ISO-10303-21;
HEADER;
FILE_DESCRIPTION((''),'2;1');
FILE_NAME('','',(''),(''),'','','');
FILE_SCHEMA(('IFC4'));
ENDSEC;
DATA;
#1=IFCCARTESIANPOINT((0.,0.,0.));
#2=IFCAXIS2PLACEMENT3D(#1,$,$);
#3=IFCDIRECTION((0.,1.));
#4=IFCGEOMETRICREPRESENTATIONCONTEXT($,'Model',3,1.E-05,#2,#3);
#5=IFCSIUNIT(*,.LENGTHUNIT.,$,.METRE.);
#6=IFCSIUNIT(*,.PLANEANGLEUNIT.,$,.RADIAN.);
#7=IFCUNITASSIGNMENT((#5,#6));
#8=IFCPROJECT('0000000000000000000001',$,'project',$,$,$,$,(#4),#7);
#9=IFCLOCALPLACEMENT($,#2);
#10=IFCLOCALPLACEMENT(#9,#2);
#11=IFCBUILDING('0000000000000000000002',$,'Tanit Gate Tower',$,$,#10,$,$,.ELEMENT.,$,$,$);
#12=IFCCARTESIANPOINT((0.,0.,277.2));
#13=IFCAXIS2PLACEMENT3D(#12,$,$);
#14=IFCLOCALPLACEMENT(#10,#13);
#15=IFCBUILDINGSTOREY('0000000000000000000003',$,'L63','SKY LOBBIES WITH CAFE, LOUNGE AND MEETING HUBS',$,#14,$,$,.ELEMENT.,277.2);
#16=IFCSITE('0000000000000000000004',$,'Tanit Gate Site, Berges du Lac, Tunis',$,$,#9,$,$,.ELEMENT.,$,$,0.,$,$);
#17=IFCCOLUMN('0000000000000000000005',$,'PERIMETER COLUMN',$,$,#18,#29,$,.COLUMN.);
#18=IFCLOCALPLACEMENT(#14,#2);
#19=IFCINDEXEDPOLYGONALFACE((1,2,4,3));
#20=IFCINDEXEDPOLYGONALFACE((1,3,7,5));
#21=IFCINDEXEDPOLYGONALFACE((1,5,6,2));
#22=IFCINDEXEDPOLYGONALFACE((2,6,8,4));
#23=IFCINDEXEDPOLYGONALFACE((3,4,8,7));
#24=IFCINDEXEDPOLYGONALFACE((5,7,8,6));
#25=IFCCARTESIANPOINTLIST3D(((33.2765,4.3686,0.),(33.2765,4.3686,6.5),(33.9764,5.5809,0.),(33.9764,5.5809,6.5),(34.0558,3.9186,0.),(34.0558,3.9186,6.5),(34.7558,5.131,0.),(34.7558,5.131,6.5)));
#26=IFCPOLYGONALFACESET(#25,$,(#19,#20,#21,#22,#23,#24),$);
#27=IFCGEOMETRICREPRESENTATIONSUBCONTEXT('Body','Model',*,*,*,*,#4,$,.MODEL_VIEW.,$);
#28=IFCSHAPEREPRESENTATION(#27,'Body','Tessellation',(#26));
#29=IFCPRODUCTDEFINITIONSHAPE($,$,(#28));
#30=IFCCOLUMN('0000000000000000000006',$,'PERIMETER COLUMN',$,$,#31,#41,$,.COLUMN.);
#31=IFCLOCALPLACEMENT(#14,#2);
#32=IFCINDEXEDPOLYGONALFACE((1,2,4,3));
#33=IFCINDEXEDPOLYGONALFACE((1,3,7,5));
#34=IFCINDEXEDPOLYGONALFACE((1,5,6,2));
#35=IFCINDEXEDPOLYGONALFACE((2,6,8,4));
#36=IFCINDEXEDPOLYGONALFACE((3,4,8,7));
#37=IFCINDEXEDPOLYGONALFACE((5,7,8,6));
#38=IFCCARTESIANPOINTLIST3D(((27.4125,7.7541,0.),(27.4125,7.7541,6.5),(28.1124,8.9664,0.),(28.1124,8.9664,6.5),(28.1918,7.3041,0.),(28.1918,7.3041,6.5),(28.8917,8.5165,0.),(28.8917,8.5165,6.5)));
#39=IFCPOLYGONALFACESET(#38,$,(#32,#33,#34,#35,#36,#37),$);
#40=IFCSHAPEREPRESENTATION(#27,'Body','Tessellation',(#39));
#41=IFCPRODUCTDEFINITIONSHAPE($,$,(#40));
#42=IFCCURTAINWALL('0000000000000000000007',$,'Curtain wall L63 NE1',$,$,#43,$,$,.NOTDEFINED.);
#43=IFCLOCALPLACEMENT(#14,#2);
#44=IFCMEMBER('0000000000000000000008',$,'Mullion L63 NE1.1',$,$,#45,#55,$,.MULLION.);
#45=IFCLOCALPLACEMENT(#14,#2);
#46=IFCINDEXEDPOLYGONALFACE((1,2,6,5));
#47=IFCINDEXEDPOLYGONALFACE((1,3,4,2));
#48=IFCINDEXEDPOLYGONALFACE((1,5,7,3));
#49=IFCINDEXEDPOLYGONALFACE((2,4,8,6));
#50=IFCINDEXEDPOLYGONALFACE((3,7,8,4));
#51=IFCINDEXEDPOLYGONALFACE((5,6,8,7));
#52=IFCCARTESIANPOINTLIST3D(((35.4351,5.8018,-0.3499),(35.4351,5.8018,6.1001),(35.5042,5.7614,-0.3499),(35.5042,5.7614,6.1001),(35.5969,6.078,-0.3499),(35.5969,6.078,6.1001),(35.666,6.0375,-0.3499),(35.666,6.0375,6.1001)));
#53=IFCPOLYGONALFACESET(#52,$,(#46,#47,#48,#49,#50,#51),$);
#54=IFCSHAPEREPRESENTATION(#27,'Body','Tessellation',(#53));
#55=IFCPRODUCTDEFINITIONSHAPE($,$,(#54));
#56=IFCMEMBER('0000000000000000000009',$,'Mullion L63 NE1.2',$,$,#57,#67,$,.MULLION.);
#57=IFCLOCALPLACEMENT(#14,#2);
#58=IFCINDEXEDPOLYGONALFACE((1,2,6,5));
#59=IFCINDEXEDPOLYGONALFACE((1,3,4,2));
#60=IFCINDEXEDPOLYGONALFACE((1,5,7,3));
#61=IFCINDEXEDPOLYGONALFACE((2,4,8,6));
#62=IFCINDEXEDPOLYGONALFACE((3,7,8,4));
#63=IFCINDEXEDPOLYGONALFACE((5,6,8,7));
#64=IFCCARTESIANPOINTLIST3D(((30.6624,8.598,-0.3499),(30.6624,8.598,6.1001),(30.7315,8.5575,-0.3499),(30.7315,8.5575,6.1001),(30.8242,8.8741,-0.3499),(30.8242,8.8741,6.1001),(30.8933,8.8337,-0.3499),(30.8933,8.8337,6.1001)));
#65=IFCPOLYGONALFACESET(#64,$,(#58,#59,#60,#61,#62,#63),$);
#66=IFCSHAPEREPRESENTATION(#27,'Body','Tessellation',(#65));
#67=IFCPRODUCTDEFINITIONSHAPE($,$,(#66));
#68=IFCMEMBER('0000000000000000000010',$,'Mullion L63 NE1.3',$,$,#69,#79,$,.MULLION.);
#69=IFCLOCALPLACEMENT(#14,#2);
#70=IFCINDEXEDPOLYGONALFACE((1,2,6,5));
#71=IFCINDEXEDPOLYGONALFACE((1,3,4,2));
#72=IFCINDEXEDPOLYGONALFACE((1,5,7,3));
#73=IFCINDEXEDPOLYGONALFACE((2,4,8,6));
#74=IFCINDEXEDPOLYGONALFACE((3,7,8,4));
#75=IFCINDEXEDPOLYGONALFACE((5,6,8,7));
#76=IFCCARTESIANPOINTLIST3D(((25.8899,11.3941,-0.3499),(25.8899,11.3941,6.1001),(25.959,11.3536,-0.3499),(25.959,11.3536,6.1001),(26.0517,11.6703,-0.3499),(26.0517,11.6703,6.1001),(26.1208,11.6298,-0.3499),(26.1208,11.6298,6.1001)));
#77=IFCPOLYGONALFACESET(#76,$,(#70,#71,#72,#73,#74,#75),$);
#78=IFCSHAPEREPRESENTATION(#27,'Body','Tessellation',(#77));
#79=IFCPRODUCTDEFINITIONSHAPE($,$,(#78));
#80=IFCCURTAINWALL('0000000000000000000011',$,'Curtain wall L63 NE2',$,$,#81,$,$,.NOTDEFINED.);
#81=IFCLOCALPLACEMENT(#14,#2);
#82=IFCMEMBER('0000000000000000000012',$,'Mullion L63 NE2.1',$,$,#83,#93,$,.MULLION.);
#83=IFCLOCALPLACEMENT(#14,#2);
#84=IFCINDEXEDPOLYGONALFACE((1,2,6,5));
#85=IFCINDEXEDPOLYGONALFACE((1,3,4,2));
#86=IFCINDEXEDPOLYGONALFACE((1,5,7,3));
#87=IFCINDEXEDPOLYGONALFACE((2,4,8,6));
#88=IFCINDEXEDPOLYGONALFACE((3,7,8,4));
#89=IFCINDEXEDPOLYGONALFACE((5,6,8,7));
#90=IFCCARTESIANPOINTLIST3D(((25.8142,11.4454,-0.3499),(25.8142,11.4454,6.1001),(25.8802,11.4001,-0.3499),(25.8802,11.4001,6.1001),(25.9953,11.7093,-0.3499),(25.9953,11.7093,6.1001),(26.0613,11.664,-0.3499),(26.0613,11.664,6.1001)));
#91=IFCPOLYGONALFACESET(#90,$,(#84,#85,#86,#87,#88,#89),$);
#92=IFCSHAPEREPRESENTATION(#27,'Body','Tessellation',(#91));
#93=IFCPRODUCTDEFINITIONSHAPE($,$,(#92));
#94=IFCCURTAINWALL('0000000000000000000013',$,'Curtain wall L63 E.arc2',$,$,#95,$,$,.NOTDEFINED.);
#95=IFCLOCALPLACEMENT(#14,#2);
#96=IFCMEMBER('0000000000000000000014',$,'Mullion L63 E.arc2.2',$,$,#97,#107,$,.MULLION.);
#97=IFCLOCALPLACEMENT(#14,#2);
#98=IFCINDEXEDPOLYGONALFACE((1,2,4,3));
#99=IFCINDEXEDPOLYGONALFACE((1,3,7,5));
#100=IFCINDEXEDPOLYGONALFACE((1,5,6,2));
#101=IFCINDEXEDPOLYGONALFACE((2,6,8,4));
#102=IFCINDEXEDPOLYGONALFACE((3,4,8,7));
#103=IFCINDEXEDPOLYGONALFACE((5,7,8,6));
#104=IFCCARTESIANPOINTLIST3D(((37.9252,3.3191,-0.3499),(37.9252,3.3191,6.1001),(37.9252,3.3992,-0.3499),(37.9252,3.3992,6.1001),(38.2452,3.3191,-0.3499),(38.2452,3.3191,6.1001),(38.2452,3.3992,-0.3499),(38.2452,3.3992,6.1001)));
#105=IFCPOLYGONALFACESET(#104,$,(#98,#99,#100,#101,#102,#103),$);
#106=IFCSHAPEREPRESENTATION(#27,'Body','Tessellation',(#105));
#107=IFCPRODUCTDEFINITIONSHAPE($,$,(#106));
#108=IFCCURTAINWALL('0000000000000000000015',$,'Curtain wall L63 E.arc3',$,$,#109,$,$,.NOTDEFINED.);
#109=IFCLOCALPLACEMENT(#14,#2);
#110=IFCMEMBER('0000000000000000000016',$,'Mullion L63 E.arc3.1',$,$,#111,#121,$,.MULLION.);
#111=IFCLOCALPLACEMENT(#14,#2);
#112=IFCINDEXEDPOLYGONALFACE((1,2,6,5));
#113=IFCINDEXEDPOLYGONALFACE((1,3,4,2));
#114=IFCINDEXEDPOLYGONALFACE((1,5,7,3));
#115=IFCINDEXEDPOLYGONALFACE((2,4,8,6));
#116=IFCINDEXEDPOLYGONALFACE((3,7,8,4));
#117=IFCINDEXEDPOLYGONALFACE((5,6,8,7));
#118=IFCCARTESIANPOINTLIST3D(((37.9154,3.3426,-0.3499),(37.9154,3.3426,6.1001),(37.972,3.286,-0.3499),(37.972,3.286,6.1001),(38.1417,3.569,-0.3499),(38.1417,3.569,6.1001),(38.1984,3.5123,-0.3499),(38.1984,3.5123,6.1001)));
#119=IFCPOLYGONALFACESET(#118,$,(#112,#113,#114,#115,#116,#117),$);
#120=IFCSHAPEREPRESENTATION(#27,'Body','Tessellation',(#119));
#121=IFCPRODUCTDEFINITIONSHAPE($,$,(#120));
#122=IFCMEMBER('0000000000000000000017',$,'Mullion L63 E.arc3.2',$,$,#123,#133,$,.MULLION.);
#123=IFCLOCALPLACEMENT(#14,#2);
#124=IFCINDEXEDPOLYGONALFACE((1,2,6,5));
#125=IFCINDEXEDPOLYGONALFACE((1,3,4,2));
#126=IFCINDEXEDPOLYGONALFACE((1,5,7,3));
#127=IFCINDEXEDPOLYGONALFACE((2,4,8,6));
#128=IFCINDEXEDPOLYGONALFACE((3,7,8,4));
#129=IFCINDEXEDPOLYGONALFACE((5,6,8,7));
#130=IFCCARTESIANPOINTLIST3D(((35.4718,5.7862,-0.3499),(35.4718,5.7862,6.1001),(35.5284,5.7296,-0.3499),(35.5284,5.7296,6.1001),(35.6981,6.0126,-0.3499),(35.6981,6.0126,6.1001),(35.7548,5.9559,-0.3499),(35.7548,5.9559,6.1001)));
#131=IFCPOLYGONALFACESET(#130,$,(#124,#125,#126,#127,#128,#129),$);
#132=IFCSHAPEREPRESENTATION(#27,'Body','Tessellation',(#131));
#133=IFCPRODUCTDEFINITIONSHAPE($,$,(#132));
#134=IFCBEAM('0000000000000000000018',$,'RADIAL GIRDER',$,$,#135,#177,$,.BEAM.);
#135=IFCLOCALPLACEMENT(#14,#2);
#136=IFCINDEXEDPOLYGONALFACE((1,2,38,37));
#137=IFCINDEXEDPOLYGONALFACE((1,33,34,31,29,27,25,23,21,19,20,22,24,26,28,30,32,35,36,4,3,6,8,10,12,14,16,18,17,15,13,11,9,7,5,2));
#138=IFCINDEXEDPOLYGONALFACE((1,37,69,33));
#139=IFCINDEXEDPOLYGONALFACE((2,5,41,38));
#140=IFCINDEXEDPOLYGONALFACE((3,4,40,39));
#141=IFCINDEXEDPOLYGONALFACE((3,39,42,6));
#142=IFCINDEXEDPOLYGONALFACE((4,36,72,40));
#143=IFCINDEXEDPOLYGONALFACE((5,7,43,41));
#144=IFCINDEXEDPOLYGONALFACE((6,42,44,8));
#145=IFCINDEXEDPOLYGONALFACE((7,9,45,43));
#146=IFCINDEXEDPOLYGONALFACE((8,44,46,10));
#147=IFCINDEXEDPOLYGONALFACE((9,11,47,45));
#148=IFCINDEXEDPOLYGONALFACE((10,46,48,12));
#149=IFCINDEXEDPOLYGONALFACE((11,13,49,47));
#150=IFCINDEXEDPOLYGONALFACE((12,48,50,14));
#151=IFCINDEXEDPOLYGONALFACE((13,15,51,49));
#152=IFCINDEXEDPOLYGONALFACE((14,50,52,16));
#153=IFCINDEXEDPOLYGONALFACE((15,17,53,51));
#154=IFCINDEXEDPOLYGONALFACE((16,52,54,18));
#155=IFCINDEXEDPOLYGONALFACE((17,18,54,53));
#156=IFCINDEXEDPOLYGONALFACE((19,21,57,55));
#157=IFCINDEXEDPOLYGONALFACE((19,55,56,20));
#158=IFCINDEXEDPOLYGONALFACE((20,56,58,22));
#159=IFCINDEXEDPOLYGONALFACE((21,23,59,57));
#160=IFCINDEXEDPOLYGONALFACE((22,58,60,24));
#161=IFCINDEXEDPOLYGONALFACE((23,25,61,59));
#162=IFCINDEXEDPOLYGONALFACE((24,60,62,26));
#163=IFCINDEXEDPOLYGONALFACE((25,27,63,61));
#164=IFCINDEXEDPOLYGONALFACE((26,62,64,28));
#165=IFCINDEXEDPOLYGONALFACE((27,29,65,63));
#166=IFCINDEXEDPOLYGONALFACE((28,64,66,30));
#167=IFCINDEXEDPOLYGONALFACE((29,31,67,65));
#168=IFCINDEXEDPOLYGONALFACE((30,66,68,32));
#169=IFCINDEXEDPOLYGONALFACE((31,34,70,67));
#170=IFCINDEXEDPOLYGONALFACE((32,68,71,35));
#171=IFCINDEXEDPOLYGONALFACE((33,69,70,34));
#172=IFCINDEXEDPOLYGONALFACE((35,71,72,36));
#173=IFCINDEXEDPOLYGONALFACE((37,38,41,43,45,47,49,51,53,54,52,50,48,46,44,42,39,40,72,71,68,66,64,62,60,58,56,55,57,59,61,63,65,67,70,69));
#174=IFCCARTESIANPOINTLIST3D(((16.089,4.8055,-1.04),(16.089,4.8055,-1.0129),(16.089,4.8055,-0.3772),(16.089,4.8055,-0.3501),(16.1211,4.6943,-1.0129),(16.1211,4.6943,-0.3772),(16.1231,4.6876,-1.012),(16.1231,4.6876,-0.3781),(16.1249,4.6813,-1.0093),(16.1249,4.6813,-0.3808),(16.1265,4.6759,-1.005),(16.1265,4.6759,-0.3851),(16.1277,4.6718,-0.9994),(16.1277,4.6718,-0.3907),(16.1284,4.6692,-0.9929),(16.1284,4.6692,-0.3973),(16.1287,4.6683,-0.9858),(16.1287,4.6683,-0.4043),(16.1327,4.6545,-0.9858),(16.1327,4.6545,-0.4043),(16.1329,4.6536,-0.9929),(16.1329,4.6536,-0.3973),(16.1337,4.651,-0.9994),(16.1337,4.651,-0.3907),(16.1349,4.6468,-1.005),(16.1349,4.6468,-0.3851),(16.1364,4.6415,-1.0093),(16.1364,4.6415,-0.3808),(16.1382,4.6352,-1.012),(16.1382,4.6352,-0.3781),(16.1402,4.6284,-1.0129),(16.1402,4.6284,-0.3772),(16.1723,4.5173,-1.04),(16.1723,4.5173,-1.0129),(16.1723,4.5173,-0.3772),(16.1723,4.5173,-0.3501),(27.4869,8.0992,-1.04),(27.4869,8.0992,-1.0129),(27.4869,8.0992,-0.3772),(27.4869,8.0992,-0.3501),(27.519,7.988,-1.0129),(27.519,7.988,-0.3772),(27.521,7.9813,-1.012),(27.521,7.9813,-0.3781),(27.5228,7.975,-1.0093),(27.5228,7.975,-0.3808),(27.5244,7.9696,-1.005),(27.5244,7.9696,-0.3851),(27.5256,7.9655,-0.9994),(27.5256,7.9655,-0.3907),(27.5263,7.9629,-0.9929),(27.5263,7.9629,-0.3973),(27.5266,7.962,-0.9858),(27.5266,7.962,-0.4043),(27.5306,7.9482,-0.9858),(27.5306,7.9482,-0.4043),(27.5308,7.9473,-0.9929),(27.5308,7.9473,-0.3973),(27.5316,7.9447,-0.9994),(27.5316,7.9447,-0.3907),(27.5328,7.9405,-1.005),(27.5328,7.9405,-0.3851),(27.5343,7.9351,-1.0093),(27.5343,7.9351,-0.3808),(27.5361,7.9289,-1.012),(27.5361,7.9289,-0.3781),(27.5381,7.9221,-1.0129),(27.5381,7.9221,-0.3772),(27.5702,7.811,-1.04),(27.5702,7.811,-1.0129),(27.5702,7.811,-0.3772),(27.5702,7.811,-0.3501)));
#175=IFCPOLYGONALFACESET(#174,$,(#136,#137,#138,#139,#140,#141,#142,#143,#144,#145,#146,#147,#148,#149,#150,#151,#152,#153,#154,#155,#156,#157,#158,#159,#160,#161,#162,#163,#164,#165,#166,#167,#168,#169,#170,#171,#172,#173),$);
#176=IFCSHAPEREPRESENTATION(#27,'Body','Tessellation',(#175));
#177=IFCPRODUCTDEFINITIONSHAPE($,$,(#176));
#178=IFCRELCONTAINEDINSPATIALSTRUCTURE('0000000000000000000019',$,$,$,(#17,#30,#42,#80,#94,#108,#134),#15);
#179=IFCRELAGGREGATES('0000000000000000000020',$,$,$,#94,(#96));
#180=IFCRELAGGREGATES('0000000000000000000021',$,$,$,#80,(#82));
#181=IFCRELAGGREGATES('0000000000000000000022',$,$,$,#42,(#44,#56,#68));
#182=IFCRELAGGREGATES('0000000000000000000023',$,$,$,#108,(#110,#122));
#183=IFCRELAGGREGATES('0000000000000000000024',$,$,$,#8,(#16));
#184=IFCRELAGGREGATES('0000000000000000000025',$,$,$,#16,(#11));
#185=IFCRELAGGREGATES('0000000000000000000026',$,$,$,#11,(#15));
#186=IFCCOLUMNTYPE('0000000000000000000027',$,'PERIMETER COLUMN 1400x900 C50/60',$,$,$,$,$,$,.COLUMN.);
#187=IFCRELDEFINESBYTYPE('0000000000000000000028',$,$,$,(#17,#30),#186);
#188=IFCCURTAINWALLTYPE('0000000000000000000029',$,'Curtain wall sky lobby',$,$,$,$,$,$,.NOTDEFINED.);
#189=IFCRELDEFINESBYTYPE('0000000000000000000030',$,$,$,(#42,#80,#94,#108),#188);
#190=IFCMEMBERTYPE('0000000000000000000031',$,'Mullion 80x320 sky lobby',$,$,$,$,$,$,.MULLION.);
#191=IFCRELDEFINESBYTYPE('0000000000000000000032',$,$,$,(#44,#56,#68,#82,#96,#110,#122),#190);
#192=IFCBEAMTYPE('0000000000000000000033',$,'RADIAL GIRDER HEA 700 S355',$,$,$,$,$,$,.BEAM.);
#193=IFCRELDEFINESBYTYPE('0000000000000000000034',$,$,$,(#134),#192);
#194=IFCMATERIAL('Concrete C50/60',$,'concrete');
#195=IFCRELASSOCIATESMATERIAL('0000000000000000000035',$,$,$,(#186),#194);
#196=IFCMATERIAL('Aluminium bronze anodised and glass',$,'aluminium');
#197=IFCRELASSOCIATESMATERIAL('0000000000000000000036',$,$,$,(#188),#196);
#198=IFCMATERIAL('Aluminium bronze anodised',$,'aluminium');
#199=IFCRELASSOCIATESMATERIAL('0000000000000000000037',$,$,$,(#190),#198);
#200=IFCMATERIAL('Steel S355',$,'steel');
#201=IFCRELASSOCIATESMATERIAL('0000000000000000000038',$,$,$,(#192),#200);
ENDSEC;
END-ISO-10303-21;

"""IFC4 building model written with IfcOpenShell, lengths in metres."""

from ifc_helpers import new_model, si_unit, direction, frame, origin, origin_2d, place, context, subcontext, project, spatial, rectangle, i_section, extrude, material, material_profile, profile_set, type_object, element, aggregate, save


model = new_model("IFC4")

# Units and contexts
model_context = context("Model", 3, precision=1e-05, world=origin(), true_north=direction((0.0, 1.0)))
body_context = subcontext(model_context, "Body", "Model", "MODEL_VIEW")
ifc_project = project(units=[si_unit("LENGTHUNIT", "METRE"), si_unit("PLANEANGLEUNIT", "RADIAN")], contexts=[model_context])

# Site, building, storey
site_placement = place(None, origin())
site = spatial("IfcSite", under=ifc_project, at=site_placement, Name="Tanit Gate Site, Berges du Lac, Tunis", CompositionType="ELEMENT", RefElevation=0.0)
building_placement = place(site_placement, origin())
building = spatial("IfcBuilding", under=site, at=building_placement, Name="Tanit Gate Tower", CompositionType="ELEMENT")
storey_placement = place(building_placement, frame((0.0, 0.0, 277.2)))
storey = spatial("IfcBuildingStorey", under=building, at=storey_placement, Name="L63", Description="SKY LOBBIES WITH CAFE, LOUNGE AND MEETING HUBS", CompositionType="ELEMENT", Elevation=277.2)

# Columns
ifc_material_1 = material(Name="Concrete C50/60", Category="concrete")
ifc_material_profile_1 = material_profile(ifc_material_1, rectangle(XDim=1.3999, YDim=0.8999, at=origin_2d()), Name="RC 1400x900")
ifc_profile_set_1 = profile_set([ifc_material_profile_1], Name="Concrete C50/60")
column_type = type_object("IfcColumnType", Name="PERIMETER COLUMN 1400x900 C50/60", PredefinedType="COLUMN", material=ifc_profile_set_1)
for number, where, z_axis, x_axis, name in (
    (1, (34.0161, 4.7498, 0.0), (0.0, 0.0, 1.0), (0.5, 0.866025, 0.0), "PERIMETER COLUMN"),
    (2, (28.1521, 8.1353, 0.0), (0.0, 0.0, 1.0), (0.5, 0.866025, 0.0), "PERIMETER COLUMN"),
):
    element("IfcColumn", number, at=place(storey_placement, frame(where, z_axis=z_axis, x_axis=x_axis)), inside=storey, type_object=column_type, Name=name, PredefinedType="COLUMN", context=body_context, shape_type="SweptSolid", body=[
        extrude(rectangle(XDim=1.3999, YDim=0.8999, at=origin_2d()), origin(), (0.0, 0.0, 1.0), 6.5),
    ])

# Curtain wall, members
ifc_material_2 = material(Name="Aluminium bronze anodised and glass", Category="aluminium")
curtain_wall_type = type_object("IfcCurtainWallType", Name="Curtain wall sky lobby", PredefinedType="NOTDEFINED", material=ifc_material_2)
curtain_wall_1_placement = place(storey_placement, origin())
curtain_wall_1 = element("IfcCurtainWall", 3, at=curtain_wall_1_placement, inside=storey, type_object=curtain_wall_type, Name="Curtain wall L63 NE1", PredefinedType="NOTDEFINED")
ifc_material_3 = material(Name="Aluminium bronze anodised", Category="aluminium")
ifc_material_profile_2 = material_profile(ifc_material_3, rectangle(XDim=0.3201, YDim=0.0801, at=origin_2d()), Name="80x320 bronze mullion")
ifc_profile_set_2 = profile_set([ifc_material_profile_2], Name="Aluminium bronze anodised")
member_type_1 = type_object("IfcMemberType", Name="Mullion 80x320 sky lobby", PredefinedType="MULLION", material=ifc_profile_set_2)
member_1_placement = place(storey_placement, frame((35.5505, 5.9197, -0.3499), z_axis=(0.0, 0.0, 1.0), x_axis=(-0.50551, -0.862821, 0.0)))
member_1 = element("IfcMember", 4, at=member_1_placement, type_object=member_type_1, Name="Mullion L63 NE1.1", PredefinedType="MULLION", context=body_context, shape_type="SweptSolid", body=[
    extrude(rectangle(XDim=0.3201, YDim=0.0801, at=origin_2d()), origin(), (0.0, 0.0, 1.0), 6.45),
])
member_2_placement = place(storey_placement, frame((30.7778, 8.7158, -0.3499), z_axis=(0.0, 0.0, 1.0), x_axis=(-0.50551, -0.862821, 0.0)))
member_2 = element("IfcMember", 5, at=member_2_placement, type_object=member_type_1, Name="Mullion L63 NE1.2", PredefinedType="MULLION", context=body_context, shape_type="SweptSolid", body=[
    extrude(rectangle(XDim=0.3201, YDim=0.0801, at=origin_2d()), origin(), (0.0, 0.0, 1.0), 6.45),
])
member_3_placement = place(storey_placement, frame((26.0054, 11.512, -0.3499), z_axis=(0.0, 0.0, 1.0), x_axis=(-0.50551, -0.862821, 0.0)))
member_3 = element("IfcMember", 6, at=member_3_placement, type_object=member_type_1, Name="Mullion L63 NE1.3", PredefinedType="MULLION", context=body_context, shape_type="SweptSolid", body=[
    extrude(rectangle(XDim=0.3201, YDim=0.0801, at=origin_2d()), origin(), (0.0, 0.0, 1.0), 6.45),
])

# Curtain walls, members
curtain_wall_2_placement = place(storey_placement, origin())
curtain_wall_2 = element("IfcCurtainWall", 7, at=curtain_wall_2_placement, inside=storey, type_object=curtain_wall_type, Name="Curtain wall L63 NE2", PredefinedType="NOTDEFINED")
member_4_placement = place(storey_placement, frame((25.9377, 11.5547, -0.3499), z_axis=(0.0, 0.0, 1.0), x_axis=(-0.56578, -0.824557, 0.0)))
member_4 = element("IfcMember", 8, at=member_4_placement, type_object=member_type_1, Name="Mullion L63 NE2.1", PredefinedType="MULLION", context=body_context, shape_type="SweptSolid", body=[
    extrude(rectangle(XDim=0.3201, YDim=0.0801, at=origin_2d()), origin(), (0.0, 0.0, 1.0), 6.45),
])
curtain_wall_3_placement = place(storey_placement, origin())
curtain_wall_3 = element("IfcCurtainWall", 9, at=curtain_wall_3_placement, inside=storey, type_object=curtain_wall_type, Name="Curtain wall L63 E.arc2", PredefinedType="NOTDEFINED")
member_5_placement = place(storey_placement, frame((38.0852, 3.3591, -0.3499), z_axis=(0.0, 0.0, 1.0), x_axis=(-1.0, 0.0, 0.0)))
member_5 = element("IfcMember", 10, at=member_5_placement, type_object=member_type_1, Name="Mullion L63 E.arc2.2", PredefinedType="MULLION", context=body_context, shape_type="SweptSolid", body=[
    extrude(rectangle(XDim=0.3201, YDim=0.0801, at=origin_2d()), origin(), (0.0, 0.0, 1.0), 6.45),
])
aggregate(curtain_wall_3, [member_5])

# Curtain wall, members
curtain_wall_4_placement = place(storey_placement, origin())
curtain_wall_4 = element("IfcCurtainWall", 11, at=curtain_wall_4_placement, inside=storey, type_object=curtain_wall_type, Name="Curtain wall L63 E.arc3", PredefinedType="NOTDEFINED")
member_6_placement = place(storey_placement, frame((38.0569, 3.4275, -0.3499), z_axis=(0.0, 0.0, 1.0), x_axis=(-0.707107, -0.707107, 0.0)))
member_6 = element("IfcMember", 12, at=member_6_placement, type_object=member_type_1, Name="Mullion L63 E.arc3.1", PredefinedType="MULLION", context=body_context, shape_type="SweptSolid", body=[
    extrude(rectangle(XDim=0.3201, YDim=0.0801, at=origin_2d()), origin(), (0.0, 0.0, 1.0), 6.45),
])
member_7_placement = place(storey_placement, frame((35.6133, 5.8711, -0.3499), z_axis=(0.0, 0.0, 1.0), x_axis=(-0.707107, -0.707107, 0.0)))
member_7 = element("IfcMember", 13, at=member_7_placement, type_object=member_type_1, Name="Mullion L63 E.arc3.2", PredefinedType="MULLION", context=body_context, shape_type="SweptSolid", body=[
    extrude(rectangle(XDim=0.3201, YDim=0.0801, at=origin_2d()), origin(), (0.0, 0.0, 1.0), 6.45),
])

# Beam
ifc_material_4 = material(Name="Steel S355", Category="steel")
ifc_material_profile_3 = material_profile(ifc_material_4, i_section(OverallWidth=0.3, OverallDepth=0.6899, WebThickness=0.0144, FlangeThickness=0.0271, FilletRadius=0.0271, at=origin_2d()), Name="HEA 700")
ifc_profile_set_3 = profile_set([ifc_material_profile_3], Name="Steel S355")
beam_type_1 = type_object("IfcBeamType", Name="RADIAL GIRDER HEA 700 S355", PredefinedType="BEAM", material=ifc_profile_set_3)
beam_1_placement = place(storey_placement, frame((27.5286, 7.9551, -0.6951), z_axis=(-0.960693, -0.277614, 0.0), x_axis=(0.277614, -0.960693, 0.0)))
element("IfcBeam", 14, at=beam_1_placement, inside=storey, type_object=beam_type_1, Name="RADIAL GIRDER", PredefinedType="BEAM", context=body_context, shape_type="SweptSolid", body=[
    extrude(i_section(OverallWidth=0.3, OverallDepth=0.6899, WebThickness=0.0144, FlangeThickness=0.0271, FilletRadius=0.0271, at=origin_2d()), origin(), (0.0, 0.0, 1.0), 11.8643),
])

aggregate(curtain_wall_2, [member_4])

aggregate(curtain_wall_1, [member_1, member_2, member_3])
aggregate(curtain_wall_4, [member_6, member_7])

save(model, "model.ifc")
